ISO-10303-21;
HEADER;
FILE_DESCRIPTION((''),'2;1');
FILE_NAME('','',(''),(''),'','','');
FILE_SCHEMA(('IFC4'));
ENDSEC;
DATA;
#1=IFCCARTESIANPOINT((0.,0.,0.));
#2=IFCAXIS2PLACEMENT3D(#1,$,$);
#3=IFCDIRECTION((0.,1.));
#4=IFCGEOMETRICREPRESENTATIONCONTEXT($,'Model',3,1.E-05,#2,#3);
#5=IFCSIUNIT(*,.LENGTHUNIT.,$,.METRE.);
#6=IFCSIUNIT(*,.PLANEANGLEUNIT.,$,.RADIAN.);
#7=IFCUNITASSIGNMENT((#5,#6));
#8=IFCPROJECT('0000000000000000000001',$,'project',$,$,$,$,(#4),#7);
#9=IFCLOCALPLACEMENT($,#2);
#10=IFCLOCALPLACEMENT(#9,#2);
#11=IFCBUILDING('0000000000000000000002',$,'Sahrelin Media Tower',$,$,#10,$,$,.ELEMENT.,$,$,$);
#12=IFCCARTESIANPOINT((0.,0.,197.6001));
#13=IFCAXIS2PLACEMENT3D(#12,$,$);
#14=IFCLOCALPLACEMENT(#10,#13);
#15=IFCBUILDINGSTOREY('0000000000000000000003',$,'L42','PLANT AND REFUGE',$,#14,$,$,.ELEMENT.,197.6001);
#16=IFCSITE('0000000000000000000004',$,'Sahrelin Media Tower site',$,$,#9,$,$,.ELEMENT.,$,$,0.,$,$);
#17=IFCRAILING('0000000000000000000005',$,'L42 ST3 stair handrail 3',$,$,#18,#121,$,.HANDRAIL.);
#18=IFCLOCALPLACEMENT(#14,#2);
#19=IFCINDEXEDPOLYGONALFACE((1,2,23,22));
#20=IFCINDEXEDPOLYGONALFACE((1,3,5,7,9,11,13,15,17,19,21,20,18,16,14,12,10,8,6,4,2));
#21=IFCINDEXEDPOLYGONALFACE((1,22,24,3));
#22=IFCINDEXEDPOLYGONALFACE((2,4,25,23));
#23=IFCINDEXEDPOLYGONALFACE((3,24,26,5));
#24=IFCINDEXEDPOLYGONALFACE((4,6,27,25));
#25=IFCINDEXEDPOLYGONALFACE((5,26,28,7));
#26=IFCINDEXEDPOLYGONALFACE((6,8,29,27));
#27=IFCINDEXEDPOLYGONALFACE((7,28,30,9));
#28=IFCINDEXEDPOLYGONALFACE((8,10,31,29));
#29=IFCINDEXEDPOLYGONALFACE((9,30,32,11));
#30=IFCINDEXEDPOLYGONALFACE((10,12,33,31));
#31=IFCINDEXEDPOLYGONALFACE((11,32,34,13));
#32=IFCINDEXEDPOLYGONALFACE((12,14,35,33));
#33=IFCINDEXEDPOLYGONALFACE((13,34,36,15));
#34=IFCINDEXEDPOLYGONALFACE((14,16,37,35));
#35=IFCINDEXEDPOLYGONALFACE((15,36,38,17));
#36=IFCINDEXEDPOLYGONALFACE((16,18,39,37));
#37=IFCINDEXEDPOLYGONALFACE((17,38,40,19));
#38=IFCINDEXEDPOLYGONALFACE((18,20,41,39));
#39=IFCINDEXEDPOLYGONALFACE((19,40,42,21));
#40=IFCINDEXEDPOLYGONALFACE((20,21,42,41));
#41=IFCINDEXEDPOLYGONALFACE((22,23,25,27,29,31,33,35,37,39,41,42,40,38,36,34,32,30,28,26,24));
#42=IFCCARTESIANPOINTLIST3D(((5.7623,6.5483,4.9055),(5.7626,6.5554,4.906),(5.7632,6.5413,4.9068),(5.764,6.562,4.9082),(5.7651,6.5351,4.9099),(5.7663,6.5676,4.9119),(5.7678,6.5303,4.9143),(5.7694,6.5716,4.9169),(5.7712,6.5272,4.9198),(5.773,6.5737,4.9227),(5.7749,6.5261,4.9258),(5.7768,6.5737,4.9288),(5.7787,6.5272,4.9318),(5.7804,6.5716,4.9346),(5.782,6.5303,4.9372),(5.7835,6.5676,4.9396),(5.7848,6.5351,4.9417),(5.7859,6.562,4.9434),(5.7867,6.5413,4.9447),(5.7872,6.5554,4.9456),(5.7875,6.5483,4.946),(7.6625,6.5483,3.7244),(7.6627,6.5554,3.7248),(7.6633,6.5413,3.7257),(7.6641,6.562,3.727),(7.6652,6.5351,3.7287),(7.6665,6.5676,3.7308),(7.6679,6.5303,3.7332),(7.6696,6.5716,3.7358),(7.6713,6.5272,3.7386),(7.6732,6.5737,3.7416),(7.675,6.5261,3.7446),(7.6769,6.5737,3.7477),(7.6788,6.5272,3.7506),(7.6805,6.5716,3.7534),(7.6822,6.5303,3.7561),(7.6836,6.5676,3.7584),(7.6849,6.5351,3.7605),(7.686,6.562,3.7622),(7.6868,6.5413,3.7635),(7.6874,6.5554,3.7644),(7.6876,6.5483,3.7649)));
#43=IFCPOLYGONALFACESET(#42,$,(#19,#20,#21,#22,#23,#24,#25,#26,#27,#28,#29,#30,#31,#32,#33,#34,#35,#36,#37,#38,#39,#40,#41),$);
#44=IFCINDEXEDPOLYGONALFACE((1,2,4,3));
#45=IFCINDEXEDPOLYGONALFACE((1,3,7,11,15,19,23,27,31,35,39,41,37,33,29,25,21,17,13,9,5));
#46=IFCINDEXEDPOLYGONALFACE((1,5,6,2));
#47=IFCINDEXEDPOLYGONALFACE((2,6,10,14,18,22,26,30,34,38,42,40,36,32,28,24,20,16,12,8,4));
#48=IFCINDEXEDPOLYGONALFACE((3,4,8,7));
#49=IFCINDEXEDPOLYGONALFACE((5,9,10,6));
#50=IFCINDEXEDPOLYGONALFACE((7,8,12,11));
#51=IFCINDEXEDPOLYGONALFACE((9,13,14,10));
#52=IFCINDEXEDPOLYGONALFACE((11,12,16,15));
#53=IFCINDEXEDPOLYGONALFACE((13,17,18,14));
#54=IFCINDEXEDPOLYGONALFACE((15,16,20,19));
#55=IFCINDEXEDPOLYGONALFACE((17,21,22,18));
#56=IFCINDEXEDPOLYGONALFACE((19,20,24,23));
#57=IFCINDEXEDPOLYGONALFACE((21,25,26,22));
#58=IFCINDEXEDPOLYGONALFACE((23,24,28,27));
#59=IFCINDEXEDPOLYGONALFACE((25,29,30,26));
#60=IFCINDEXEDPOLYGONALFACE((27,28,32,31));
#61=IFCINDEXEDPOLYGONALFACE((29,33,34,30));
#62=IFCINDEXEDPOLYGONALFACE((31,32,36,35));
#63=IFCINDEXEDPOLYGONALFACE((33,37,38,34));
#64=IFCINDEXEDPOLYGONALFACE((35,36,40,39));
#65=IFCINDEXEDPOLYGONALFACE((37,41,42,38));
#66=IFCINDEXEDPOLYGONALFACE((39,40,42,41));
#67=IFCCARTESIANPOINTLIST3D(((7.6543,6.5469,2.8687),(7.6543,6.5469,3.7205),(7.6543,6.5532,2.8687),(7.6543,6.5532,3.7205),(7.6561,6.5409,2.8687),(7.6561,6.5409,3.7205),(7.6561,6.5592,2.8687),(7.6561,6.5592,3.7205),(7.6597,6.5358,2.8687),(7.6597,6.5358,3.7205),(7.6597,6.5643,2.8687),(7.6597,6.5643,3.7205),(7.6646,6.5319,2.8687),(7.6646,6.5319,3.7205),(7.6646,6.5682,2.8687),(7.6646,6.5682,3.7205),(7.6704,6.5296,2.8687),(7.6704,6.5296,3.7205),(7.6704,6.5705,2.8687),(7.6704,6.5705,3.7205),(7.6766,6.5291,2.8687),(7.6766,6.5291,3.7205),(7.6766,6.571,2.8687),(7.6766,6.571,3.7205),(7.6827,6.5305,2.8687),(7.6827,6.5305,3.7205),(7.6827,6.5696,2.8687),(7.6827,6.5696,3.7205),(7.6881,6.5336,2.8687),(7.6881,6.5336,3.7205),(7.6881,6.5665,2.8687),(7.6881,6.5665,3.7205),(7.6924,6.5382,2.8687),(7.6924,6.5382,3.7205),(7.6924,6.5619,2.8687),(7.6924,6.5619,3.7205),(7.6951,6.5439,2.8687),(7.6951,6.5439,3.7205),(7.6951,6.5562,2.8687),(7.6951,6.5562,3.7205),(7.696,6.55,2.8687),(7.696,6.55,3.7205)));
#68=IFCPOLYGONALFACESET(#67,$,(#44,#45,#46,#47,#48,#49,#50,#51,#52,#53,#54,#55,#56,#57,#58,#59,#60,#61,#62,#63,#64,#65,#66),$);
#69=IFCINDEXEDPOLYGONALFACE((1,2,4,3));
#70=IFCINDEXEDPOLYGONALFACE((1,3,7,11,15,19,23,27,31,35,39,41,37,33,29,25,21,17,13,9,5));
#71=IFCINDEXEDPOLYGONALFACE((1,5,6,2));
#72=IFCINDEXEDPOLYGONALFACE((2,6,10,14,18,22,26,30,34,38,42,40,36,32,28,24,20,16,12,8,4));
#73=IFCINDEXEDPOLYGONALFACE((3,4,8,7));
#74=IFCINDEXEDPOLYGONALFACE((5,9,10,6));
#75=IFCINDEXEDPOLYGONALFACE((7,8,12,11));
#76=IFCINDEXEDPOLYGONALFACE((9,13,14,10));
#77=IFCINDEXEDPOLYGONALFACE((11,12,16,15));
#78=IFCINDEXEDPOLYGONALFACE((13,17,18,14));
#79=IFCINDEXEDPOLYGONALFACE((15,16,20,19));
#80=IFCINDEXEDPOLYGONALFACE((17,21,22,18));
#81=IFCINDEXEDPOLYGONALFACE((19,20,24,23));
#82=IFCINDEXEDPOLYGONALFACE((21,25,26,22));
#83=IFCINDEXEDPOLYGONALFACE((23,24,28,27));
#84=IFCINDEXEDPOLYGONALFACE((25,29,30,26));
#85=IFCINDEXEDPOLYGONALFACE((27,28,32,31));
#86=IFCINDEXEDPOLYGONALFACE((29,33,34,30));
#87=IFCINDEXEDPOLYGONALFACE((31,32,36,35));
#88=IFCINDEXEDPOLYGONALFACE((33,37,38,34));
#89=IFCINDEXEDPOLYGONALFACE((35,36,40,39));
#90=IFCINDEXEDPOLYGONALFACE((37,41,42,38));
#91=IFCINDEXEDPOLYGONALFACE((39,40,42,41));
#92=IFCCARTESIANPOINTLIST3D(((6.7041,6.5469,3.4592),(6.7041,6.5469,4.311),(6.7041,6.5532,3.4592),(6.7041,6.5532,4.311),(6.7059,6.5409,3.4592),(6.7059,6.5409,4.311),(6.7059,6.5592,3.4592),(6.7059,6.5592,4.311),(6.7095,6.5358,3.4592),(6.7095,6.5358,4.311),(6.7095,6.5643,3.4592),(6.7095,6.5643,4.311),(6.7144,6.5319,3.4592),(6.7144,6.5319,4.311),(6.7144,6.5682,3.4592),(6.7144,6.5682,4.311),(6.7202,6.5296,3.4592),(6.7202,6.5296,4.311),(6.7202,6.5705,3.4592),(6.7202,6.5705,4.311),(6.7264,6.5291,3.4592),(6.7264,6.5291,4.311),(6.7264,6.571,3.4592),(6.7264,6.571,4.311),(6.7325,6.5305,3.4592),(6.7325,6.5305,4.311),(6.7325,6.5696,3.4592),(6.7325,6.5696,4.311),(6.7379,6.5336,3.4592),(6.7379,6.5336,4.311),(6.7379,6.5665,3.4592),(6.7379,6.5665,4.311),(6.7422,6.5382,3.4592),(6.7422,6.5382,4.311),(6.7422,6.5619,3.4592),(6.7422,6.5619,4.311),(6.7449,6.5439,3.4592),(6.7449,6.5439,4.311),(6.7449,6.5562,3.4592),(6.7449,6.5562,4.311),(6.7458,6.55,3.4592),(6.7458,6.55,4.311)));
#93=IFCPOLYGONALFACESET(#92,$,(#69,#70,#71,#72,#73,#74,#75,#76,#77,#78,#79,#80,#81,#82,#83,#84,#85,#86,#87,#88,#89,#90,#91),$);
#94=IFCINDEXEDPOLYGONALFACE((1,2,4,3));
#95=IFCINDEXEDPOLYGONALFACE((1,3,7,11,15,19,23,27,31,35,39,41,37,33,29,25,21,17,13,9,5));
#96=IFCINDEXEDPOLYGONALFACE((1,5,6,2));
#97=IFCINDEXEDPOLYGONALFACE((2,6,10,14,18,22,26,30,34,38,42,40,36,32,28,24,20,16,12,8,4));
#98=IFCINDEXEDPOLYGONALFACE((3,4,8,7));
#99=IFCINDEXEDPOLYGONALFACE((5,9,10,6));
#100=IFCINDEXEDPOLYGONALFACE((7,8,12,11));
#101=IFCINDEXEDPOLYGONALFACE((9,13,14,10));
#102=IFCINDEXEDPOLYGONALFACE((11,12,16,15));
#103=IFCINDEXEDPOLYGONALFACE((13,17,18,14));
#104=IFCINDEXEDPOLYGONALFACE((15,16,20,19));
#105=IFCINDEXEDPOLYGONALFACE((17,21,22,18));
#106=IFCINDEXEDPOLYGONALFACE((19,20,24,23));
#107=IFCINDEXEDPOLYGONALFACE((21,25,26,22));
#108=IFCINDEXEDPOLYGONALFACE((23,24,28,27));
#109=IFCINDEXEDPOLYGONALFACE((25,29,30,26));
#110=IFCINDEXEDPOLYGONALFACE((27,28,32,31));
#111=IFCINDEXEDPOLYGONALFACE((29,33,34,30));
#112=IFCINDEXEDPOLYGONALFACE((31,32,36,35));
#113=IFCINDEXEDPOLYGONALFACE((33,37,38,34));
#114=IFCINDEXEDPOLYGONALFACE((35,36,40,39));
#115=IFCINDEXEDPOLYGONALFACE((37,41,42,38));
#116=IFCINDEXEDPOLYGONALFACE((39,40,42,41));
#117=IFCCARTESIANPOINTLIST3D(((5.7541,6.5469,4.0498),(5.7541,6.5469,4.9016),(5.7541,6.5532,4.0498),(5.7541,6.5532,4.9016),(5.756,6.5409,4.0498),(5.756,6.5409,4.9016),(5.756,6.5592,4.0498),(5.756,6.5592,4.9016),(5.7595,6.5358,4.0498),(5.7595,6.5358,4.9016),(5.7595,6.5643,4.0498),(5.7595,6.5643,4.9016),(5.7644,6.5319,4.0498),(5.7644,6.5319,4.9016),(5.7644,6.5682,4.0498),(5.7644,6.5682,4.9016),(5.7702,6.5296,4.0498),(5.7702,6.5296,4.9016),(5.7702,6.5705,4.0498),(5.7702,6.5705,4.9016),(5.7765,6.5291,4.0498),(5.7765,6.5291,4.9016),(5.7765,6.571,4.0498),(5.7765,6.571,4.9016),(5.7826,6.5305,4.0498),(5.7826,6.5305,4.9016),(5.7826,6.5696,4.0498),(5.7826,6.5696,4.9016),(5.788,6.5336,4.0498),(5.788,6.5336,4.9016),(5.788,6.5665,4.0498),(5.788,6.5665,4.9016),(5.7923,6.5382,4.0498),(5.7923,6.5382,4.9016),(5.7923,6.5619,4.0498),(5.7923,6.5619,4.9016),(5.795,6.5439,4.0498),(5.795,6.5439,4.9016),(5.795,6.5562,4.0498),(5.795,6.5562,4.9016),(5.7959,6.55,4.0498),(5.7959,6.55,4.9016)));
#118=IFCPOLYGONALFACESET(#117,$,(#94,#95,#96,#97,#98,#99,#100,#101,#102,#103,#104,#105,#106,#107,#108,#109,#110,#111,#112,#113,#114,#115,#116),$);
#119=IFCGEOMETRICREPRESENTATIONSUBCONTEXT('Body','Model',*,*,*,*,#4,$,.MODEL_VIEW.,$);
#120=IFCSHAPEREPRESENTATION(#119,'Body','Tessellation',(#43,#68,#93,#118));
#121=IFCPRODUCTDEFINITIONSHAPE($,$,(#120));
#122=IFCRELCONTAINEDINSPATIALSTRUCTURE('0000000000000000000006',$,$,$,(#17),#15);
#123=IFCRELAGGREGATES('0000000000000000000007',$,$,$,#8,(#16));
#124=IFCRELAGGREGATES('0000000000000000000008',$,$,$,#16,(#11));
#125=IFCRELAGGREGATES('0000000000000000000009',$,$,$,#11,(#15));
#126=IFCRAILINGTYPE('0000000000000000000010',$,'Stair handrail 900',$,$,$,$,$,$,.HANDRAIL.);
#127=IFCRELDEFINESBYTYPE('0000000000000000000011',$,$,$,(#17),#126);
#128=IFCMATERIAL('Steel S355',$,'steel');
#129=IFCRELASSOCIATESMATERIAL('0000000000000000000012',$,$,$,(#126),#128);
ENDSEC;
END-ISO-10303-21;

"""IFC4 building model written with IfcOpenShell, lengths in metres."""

from ifc_helpers import new_model, si_unit, direction, frame, origin, origin_2d, place, context, subcontext, project, spatial, circle, extrude, material, type_object, element, save


model = new_model("IFC4")

# Units and contexts
model_context = context("Model", 3, precision=1e-05, world=origin(), true_north=direction((0.0, 1.0)))
body_context = subcontext(model_context, "Body", "Model", "MODEL_VIEW")
ifc_project = project(units=[si_unit("LENGTHUNIT", "METRE"), si_unit("PLANEANGLEUNIT", "RADIAN")], contexts=[model_context])

# Site, building, storey
site_placement = place(None, origin())
site = spatial("IfcSite", under=ifc_project, at=site_placement, Name="Sahrelin Media Tower site", CompositionType="ELEMENT", RefElevation=0.0)
building_placement = place(site_placement, origin())
building = spatial("IfcBuilding", under=site, at=building_placement, Name="Sahrelin Media Tower", CompositionType="ELEMENT")
storey_placement = place(building_placement, frame((0.0, 0.0, 197.6001)))
storey = spatial("IfcBuildingStorey", under=building, at=storey_placement, Name="L42", Description="PLANT AND REFUGE", CompositionType="ELEMENT", Elevation=197.6001)

# Shared definitions
ifc_material_1 = material(Name="Steel S355", Category="steel")

# Railing
railing_type_1 = type_object("IfcRailingType", Name="Stair handrail 900", PredefinedType="HANDRAIL", material=ifc_material_1)
for number, where, name in (
    (1, (7.675, 6.55, 2.8687), "L42 ST3 stair handrail 3"),
):
    element("IfcRailing", number, at=place(storey_placement, frame(where)), inside=storey, type_object=railing_type_1, Name=name, PredefinedType="HANDRAIL", context=body_context, shape_type="SweptSolid", body=[
        extrude(circle(Radius=0.0239, at=origin_2d()), frame((0.0, 0.0, 0.876), z_axis=(-0.849289, 0.0, 0.527928), x_axis=(0.0, -1.0, 0.0)), (0.0, 0.0, 1.0), 2.2373),
        extrude(circle(Radius=0.021, at=origin_2d()), origin(), (0.0, 0.0, 1.0), 0.8518),
        extrude(circle(Radius=0.021, at=origin_2d()), frame((-0.9502, 0.0, 0.5906)), (0.0, 0.0, 1.0), 0.8518),
        extrude(circle(Radius=0.021, at=origin_2d()), frame((-1.9001, 0.0, 1.1812)), (0.0, 0.0, 1.0), 0.8518),
    ])

save(model, "model.ifc")
